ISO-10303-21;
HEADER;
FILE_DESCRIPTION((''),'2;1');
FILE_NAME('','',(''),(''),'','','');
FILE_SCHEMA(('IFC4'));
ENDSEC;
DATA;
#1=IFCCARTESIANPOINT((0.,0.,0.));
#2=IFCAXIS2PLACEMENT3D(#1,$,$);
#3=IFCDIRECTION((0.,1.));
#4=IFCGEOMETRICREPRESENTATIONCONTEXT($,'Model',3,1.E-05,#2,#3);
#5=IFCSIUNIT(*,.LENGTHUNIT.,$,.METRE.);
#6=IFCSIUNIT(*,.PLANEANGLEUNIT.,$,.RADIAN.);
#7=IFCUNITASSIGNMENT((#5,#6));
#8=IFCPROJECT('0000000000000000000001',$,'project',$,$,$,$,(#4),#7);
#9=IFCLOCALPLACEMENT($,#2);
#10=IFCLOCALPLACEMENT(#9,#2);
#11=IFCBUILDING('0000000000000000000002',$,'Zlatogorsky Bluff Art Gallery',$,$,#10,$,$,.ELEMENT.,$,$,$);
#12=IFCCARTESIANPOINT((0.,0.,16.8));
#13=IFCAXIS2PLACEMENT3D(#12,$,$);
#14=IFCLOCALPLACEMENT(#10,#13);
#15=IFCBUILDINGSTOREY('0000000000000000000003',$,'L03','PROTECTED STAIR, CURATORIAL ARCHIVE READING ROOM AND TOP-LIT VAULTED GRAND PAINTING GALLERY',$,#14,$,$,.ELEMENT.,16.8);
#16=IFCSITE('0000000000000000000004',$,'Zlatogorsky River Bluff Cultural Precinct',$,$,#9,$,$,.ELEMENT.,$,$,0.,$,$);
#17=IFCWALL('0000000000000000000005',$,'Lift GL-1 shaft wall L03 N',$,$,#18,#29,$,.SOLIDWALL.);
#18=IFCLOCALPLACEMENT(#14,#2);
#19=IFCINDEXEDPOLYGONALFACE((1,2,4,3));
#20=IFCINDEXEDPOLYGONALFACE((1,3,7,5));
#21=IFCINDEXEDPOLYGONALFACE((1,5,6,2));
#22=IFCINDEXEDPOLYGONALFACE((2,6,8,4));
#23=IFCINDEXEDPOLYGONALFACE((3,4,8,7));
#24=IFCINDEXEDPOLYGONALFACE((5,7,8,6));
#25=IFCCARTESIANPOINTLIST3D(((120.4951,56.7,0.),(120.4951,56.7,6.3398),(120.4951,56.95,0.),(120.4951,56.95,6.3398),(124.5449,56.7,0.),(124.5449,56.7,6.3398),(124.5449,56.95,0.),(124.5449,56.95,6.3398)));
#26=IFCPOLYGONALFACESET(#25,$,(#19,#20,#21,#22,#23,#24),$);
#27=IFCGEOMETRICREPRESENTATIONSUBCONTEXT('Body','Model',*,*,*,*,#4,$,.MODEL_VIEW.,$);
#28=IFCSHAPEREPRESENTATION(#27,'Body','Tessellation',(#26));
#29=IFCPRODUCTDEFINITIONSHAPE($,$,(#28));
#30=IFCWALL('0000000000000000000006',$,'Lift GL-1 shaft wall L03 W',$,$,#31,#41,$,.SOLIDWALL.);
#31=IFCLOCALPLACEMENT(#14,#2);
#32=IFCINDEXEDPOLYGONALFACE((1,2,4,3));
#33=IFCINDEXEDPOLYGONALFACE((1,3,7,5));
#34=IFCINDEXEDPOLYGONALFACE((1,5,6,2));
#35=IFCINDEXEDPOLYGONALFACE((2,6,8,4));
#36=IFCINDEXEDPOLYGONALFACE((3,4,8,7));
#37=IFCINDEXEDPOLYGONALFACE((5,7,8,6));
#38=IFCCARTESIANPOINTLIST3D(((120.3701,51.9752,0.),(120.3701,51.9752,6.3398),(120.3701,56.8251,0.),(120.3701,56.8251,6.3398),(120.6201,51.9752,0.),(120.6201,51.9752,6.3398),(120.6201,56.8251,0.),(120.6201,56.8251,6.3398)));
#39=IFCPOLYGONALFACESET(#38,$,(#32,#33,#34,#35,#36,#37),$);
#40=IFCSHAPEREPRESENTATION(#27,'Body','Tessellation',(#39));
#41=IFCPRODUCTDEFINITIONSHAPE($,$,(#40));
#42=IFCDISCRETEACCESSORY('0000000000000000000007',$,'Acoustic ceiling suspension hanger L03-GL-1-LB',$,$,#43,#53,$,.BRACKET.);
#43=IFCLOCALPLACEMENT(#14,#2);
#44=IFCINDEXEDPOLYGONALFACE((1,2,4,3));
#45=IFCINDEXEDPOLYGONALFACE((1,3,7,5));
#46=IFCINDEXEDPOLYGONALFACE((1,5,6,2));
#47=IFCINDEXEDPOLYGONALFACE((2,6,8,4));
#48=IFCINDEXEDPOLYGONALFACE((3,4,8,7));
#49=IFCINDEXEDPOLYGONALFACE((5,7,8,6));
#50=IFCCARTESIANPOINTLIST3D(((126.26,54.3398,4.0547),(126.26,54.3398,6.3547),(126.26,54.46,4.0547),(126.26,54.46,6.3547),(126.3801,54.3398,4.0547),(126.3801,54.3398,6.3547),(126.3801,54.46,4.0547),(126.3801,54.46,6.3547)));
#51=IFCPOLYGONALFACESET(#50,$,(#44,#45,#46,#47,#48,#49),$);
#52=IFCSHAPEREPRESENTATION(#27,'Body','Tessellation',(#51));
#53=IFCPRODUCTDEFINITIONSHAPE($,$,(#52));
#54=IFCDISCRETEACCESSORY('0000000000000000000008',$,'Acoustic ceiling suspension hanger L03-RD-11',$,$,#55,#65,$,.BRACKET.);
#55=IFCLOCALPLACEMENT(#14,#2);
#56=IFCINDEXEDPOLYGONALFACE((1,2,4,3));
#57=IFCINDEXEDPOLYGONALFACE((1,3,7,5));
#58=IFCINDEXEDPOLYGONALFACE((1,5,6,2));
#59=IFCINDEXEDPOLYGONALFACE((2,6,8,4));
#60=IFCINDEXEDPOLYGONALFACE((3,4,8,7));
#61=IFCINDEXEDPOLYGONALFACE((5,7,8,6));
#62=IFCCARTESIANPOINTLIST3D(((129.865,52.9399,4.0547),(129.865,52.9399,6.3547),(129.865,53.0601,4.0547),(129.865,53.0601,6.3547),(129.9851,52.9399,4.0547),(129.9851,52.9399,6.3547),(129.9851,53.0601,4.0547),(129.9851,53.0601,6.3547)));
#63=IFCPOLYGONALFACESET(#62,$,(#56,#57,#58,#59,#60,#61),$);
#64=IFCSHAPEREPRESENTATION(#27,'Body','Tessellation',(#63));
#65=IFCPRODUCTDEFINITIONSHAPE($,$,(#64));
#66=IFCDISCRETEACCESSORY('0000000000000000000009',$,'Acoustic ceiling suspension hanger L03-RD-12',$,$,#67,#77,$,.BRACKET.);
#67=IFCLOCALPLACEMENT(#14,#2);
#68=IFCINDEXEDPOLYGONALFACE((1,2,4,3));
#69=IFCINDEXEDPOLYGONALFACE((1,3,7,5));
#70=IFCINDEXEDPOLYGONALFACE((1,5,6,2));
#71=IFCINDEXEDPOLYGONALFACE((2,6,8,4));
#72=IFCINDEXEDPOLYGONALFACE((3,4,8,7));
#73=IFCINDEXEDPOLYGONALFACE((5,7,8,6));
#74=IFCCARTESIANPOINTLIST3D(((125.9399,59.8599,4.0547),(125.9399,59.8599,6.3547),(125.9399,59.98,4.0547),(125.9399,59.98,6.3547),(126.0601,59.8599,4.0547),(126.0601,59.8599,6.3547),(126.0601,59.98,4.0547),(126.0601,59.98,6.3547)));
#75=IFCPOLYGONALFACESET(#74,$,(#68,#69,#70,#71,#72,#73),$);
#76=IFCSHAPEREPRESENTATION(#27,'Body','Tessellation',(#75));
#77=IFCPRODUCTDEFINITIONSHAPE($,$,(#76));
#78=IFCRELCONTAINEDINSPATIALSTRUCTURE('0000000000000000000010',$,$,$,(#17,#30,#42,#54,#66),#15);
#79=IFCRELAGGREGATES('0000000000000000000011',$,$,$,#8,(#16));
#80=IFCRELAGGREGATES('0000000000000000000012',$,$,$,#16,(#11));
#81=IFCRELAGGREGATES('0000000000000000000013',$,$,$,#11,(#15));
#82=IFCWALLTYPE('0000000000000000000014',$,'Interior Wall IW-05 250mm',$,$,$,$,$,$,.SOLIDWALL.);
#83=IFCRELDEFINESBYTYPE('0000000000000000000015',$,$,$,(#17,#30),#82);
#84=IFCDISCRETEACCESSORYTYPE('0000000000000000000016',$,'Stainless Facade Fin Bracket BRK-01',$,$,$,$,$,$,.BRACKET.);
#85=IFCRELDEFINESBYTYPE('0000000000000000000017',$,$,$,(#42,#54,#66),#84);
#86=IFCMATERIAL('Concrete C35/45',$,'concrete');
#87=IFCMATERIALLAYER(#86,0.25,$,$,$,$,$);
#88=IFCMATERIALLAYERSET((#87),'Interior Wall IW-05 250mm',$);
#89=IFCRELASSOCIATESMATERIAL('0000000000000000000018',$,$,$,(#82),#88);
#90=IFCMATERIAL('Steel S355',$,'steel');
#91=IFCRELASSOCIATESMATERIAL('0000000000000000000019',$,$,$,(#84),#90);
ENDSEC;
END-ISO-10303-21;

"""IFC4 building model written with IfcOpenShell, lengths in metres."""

from ifc_helpers import new_model, si_unit, direction, frame, frame_2d, origin, origin_2d, place, context, subcontext, project, spatial, rectangle, extrude, material, layer, layer_set, type_object, element, save


model = new_model("IFC4")

# Units and contexts
model_context = context("Model", 3, precision=1e-05, world=origin(), true_north=direction((0.0, 1.0)))
body_context = subcontext(model_context, "Body", "Model", "MODEL_VIEW")
ifc_project = project(units=[si_unit("LENGTHUNIT", "METRE"), si_unit("PLANEANGLEUNIT", "RADIAN")], contexts=[model_context])

# Site, building, storey
site_placement = place(None, origin())
site = spatial("IfcSite", under=ifc_project, at=site_placement, Name="Zlatogorsky River Bluff Cultural Precinct", CompositionType="ELEMENT", RefElevation=0.0)
building_placement = place(site_placement, origin())
building = spatial("IfcBuilding", under=site, at=building_placement, Name="Zlatogorsky Bluff Art Gallery", CompositionType="ELEMENT")
storey_placement = place(building_placement, frame((0.0, 0.0, 16.8)))
storey = spatial("IfcBuildingStorey", under=building, at=storey_placement, Name="L03", Description="PROTECTED STAIR, CURATORIAL ARCHIVE READING ROOM AND TOP-LIT VAULTED GRAND PAINTING GALLERY", CompositionType="ELEMENT", Elevation=16.8)

# Shared definitions
ifc_material_1 = material(Name="Concrete C35/45", Category="concrete")

# Shared definitions
ifc_material_2 = material(Name="Steel S355", Category="steel")

# Walls
ifc_layer_1 = layer(ifc_material_1, 0.25)
ifc_layer_set_1 = layer_set([ifc_layer_1], Name="Interior Wall IW-05 250mm")
wall_type_1 = type_object("IfcWallType", Name="Interior Wall IW-05 250mm", PredefinedType="SOLIDWALL", material=ifc_layer_set_1)
wall_1_placement = place(storey_placement, frame((124.5449, 56.825, 0.0), z_axis=(0.0, 0.0, 1.0), x_axis=(-1.0, 0.0, 0.0)))
element("IfcWall", 1, at=wall_1_placement, inside=storey, type_object=wall_type_1, Name="Lift GL-1 shaft wall L03 N", PredefinedType="SOLIDWALL", context=body_context, shape_type="SweptSolid", body=[
    extrude(rectangle(XDim=4.0498, YDim=0.25, at=frame_2d((2.0249, 0.0))), origin(), (0.0, 0.0, 1.0), 6.3398),
])
wall_2_placement = place(storey_placement, frame((120.4951, 56.825, 0.0), z_axis=(0.0, 0.0, 1.0), x_axis=(0.0, -1.0, 0.0)))
element("IfcWall", 2, at=wall_2_placement, inside=storey, type_object=wall_type_1, Name="Lift GL-1 shaft wall L03 W", PredefinedType="SOLIDWALL", context=body_context, shape_type="SweptSolid", body=[
    extrude(rectangle(XDim=4.8499, YDim=0.25, at=frame_2d((2.4248, 0.0))), origin(), (0.0, 0.0, 1.0), 6.3398),
])

# Discrete accessories
discrete_accessory_type = type_object("IfcDiscreteAccessoryType", Name="Stainless Facade Fin Bracket BRK-01", PredefinedType="BRACKET", material=ifc_material_2)
for number, where, z_axis, x_axis, name in (
    (3, (126.3201, 54.3999, 4.0547), (0.0, 0.0, 1.0), (1.0, 0.0, 0.0), "Acoustic ceiling suspension hanger L03-GL-1-LB"),
    (4, (129.925, 53.0, 4.0547), (0.0, 0.0, 1.0), (1.0, 0.0, 0.0), "Acoustic ceiling suspension hanger L03-RD-11"),
    (5, (126.0, 59.9199, 4.0547), (0.0, 0.0, 1.0), (1.0, 0.0, 0.0), "Acoustic ceiling suspension hanger L03-RD-12"),
):
    element("IfcDiscreteAccessory", number, at=place(storey_placement, frame(where, z_axis=z_axis, x_axis=x_axis)), inside=storey, type_object=discrete_accessory_type, Name=name, PredefinedType="BRACKET", context=body_context, shape_type="SweptSolid", body=[
        extrude(rectangle(XDim=0.1201, YDim=0.1201, at=origin_2d()), origin(), (0.0, 0.0, 1.0), 2.3),
    ])

save(model, "model.ifc")
